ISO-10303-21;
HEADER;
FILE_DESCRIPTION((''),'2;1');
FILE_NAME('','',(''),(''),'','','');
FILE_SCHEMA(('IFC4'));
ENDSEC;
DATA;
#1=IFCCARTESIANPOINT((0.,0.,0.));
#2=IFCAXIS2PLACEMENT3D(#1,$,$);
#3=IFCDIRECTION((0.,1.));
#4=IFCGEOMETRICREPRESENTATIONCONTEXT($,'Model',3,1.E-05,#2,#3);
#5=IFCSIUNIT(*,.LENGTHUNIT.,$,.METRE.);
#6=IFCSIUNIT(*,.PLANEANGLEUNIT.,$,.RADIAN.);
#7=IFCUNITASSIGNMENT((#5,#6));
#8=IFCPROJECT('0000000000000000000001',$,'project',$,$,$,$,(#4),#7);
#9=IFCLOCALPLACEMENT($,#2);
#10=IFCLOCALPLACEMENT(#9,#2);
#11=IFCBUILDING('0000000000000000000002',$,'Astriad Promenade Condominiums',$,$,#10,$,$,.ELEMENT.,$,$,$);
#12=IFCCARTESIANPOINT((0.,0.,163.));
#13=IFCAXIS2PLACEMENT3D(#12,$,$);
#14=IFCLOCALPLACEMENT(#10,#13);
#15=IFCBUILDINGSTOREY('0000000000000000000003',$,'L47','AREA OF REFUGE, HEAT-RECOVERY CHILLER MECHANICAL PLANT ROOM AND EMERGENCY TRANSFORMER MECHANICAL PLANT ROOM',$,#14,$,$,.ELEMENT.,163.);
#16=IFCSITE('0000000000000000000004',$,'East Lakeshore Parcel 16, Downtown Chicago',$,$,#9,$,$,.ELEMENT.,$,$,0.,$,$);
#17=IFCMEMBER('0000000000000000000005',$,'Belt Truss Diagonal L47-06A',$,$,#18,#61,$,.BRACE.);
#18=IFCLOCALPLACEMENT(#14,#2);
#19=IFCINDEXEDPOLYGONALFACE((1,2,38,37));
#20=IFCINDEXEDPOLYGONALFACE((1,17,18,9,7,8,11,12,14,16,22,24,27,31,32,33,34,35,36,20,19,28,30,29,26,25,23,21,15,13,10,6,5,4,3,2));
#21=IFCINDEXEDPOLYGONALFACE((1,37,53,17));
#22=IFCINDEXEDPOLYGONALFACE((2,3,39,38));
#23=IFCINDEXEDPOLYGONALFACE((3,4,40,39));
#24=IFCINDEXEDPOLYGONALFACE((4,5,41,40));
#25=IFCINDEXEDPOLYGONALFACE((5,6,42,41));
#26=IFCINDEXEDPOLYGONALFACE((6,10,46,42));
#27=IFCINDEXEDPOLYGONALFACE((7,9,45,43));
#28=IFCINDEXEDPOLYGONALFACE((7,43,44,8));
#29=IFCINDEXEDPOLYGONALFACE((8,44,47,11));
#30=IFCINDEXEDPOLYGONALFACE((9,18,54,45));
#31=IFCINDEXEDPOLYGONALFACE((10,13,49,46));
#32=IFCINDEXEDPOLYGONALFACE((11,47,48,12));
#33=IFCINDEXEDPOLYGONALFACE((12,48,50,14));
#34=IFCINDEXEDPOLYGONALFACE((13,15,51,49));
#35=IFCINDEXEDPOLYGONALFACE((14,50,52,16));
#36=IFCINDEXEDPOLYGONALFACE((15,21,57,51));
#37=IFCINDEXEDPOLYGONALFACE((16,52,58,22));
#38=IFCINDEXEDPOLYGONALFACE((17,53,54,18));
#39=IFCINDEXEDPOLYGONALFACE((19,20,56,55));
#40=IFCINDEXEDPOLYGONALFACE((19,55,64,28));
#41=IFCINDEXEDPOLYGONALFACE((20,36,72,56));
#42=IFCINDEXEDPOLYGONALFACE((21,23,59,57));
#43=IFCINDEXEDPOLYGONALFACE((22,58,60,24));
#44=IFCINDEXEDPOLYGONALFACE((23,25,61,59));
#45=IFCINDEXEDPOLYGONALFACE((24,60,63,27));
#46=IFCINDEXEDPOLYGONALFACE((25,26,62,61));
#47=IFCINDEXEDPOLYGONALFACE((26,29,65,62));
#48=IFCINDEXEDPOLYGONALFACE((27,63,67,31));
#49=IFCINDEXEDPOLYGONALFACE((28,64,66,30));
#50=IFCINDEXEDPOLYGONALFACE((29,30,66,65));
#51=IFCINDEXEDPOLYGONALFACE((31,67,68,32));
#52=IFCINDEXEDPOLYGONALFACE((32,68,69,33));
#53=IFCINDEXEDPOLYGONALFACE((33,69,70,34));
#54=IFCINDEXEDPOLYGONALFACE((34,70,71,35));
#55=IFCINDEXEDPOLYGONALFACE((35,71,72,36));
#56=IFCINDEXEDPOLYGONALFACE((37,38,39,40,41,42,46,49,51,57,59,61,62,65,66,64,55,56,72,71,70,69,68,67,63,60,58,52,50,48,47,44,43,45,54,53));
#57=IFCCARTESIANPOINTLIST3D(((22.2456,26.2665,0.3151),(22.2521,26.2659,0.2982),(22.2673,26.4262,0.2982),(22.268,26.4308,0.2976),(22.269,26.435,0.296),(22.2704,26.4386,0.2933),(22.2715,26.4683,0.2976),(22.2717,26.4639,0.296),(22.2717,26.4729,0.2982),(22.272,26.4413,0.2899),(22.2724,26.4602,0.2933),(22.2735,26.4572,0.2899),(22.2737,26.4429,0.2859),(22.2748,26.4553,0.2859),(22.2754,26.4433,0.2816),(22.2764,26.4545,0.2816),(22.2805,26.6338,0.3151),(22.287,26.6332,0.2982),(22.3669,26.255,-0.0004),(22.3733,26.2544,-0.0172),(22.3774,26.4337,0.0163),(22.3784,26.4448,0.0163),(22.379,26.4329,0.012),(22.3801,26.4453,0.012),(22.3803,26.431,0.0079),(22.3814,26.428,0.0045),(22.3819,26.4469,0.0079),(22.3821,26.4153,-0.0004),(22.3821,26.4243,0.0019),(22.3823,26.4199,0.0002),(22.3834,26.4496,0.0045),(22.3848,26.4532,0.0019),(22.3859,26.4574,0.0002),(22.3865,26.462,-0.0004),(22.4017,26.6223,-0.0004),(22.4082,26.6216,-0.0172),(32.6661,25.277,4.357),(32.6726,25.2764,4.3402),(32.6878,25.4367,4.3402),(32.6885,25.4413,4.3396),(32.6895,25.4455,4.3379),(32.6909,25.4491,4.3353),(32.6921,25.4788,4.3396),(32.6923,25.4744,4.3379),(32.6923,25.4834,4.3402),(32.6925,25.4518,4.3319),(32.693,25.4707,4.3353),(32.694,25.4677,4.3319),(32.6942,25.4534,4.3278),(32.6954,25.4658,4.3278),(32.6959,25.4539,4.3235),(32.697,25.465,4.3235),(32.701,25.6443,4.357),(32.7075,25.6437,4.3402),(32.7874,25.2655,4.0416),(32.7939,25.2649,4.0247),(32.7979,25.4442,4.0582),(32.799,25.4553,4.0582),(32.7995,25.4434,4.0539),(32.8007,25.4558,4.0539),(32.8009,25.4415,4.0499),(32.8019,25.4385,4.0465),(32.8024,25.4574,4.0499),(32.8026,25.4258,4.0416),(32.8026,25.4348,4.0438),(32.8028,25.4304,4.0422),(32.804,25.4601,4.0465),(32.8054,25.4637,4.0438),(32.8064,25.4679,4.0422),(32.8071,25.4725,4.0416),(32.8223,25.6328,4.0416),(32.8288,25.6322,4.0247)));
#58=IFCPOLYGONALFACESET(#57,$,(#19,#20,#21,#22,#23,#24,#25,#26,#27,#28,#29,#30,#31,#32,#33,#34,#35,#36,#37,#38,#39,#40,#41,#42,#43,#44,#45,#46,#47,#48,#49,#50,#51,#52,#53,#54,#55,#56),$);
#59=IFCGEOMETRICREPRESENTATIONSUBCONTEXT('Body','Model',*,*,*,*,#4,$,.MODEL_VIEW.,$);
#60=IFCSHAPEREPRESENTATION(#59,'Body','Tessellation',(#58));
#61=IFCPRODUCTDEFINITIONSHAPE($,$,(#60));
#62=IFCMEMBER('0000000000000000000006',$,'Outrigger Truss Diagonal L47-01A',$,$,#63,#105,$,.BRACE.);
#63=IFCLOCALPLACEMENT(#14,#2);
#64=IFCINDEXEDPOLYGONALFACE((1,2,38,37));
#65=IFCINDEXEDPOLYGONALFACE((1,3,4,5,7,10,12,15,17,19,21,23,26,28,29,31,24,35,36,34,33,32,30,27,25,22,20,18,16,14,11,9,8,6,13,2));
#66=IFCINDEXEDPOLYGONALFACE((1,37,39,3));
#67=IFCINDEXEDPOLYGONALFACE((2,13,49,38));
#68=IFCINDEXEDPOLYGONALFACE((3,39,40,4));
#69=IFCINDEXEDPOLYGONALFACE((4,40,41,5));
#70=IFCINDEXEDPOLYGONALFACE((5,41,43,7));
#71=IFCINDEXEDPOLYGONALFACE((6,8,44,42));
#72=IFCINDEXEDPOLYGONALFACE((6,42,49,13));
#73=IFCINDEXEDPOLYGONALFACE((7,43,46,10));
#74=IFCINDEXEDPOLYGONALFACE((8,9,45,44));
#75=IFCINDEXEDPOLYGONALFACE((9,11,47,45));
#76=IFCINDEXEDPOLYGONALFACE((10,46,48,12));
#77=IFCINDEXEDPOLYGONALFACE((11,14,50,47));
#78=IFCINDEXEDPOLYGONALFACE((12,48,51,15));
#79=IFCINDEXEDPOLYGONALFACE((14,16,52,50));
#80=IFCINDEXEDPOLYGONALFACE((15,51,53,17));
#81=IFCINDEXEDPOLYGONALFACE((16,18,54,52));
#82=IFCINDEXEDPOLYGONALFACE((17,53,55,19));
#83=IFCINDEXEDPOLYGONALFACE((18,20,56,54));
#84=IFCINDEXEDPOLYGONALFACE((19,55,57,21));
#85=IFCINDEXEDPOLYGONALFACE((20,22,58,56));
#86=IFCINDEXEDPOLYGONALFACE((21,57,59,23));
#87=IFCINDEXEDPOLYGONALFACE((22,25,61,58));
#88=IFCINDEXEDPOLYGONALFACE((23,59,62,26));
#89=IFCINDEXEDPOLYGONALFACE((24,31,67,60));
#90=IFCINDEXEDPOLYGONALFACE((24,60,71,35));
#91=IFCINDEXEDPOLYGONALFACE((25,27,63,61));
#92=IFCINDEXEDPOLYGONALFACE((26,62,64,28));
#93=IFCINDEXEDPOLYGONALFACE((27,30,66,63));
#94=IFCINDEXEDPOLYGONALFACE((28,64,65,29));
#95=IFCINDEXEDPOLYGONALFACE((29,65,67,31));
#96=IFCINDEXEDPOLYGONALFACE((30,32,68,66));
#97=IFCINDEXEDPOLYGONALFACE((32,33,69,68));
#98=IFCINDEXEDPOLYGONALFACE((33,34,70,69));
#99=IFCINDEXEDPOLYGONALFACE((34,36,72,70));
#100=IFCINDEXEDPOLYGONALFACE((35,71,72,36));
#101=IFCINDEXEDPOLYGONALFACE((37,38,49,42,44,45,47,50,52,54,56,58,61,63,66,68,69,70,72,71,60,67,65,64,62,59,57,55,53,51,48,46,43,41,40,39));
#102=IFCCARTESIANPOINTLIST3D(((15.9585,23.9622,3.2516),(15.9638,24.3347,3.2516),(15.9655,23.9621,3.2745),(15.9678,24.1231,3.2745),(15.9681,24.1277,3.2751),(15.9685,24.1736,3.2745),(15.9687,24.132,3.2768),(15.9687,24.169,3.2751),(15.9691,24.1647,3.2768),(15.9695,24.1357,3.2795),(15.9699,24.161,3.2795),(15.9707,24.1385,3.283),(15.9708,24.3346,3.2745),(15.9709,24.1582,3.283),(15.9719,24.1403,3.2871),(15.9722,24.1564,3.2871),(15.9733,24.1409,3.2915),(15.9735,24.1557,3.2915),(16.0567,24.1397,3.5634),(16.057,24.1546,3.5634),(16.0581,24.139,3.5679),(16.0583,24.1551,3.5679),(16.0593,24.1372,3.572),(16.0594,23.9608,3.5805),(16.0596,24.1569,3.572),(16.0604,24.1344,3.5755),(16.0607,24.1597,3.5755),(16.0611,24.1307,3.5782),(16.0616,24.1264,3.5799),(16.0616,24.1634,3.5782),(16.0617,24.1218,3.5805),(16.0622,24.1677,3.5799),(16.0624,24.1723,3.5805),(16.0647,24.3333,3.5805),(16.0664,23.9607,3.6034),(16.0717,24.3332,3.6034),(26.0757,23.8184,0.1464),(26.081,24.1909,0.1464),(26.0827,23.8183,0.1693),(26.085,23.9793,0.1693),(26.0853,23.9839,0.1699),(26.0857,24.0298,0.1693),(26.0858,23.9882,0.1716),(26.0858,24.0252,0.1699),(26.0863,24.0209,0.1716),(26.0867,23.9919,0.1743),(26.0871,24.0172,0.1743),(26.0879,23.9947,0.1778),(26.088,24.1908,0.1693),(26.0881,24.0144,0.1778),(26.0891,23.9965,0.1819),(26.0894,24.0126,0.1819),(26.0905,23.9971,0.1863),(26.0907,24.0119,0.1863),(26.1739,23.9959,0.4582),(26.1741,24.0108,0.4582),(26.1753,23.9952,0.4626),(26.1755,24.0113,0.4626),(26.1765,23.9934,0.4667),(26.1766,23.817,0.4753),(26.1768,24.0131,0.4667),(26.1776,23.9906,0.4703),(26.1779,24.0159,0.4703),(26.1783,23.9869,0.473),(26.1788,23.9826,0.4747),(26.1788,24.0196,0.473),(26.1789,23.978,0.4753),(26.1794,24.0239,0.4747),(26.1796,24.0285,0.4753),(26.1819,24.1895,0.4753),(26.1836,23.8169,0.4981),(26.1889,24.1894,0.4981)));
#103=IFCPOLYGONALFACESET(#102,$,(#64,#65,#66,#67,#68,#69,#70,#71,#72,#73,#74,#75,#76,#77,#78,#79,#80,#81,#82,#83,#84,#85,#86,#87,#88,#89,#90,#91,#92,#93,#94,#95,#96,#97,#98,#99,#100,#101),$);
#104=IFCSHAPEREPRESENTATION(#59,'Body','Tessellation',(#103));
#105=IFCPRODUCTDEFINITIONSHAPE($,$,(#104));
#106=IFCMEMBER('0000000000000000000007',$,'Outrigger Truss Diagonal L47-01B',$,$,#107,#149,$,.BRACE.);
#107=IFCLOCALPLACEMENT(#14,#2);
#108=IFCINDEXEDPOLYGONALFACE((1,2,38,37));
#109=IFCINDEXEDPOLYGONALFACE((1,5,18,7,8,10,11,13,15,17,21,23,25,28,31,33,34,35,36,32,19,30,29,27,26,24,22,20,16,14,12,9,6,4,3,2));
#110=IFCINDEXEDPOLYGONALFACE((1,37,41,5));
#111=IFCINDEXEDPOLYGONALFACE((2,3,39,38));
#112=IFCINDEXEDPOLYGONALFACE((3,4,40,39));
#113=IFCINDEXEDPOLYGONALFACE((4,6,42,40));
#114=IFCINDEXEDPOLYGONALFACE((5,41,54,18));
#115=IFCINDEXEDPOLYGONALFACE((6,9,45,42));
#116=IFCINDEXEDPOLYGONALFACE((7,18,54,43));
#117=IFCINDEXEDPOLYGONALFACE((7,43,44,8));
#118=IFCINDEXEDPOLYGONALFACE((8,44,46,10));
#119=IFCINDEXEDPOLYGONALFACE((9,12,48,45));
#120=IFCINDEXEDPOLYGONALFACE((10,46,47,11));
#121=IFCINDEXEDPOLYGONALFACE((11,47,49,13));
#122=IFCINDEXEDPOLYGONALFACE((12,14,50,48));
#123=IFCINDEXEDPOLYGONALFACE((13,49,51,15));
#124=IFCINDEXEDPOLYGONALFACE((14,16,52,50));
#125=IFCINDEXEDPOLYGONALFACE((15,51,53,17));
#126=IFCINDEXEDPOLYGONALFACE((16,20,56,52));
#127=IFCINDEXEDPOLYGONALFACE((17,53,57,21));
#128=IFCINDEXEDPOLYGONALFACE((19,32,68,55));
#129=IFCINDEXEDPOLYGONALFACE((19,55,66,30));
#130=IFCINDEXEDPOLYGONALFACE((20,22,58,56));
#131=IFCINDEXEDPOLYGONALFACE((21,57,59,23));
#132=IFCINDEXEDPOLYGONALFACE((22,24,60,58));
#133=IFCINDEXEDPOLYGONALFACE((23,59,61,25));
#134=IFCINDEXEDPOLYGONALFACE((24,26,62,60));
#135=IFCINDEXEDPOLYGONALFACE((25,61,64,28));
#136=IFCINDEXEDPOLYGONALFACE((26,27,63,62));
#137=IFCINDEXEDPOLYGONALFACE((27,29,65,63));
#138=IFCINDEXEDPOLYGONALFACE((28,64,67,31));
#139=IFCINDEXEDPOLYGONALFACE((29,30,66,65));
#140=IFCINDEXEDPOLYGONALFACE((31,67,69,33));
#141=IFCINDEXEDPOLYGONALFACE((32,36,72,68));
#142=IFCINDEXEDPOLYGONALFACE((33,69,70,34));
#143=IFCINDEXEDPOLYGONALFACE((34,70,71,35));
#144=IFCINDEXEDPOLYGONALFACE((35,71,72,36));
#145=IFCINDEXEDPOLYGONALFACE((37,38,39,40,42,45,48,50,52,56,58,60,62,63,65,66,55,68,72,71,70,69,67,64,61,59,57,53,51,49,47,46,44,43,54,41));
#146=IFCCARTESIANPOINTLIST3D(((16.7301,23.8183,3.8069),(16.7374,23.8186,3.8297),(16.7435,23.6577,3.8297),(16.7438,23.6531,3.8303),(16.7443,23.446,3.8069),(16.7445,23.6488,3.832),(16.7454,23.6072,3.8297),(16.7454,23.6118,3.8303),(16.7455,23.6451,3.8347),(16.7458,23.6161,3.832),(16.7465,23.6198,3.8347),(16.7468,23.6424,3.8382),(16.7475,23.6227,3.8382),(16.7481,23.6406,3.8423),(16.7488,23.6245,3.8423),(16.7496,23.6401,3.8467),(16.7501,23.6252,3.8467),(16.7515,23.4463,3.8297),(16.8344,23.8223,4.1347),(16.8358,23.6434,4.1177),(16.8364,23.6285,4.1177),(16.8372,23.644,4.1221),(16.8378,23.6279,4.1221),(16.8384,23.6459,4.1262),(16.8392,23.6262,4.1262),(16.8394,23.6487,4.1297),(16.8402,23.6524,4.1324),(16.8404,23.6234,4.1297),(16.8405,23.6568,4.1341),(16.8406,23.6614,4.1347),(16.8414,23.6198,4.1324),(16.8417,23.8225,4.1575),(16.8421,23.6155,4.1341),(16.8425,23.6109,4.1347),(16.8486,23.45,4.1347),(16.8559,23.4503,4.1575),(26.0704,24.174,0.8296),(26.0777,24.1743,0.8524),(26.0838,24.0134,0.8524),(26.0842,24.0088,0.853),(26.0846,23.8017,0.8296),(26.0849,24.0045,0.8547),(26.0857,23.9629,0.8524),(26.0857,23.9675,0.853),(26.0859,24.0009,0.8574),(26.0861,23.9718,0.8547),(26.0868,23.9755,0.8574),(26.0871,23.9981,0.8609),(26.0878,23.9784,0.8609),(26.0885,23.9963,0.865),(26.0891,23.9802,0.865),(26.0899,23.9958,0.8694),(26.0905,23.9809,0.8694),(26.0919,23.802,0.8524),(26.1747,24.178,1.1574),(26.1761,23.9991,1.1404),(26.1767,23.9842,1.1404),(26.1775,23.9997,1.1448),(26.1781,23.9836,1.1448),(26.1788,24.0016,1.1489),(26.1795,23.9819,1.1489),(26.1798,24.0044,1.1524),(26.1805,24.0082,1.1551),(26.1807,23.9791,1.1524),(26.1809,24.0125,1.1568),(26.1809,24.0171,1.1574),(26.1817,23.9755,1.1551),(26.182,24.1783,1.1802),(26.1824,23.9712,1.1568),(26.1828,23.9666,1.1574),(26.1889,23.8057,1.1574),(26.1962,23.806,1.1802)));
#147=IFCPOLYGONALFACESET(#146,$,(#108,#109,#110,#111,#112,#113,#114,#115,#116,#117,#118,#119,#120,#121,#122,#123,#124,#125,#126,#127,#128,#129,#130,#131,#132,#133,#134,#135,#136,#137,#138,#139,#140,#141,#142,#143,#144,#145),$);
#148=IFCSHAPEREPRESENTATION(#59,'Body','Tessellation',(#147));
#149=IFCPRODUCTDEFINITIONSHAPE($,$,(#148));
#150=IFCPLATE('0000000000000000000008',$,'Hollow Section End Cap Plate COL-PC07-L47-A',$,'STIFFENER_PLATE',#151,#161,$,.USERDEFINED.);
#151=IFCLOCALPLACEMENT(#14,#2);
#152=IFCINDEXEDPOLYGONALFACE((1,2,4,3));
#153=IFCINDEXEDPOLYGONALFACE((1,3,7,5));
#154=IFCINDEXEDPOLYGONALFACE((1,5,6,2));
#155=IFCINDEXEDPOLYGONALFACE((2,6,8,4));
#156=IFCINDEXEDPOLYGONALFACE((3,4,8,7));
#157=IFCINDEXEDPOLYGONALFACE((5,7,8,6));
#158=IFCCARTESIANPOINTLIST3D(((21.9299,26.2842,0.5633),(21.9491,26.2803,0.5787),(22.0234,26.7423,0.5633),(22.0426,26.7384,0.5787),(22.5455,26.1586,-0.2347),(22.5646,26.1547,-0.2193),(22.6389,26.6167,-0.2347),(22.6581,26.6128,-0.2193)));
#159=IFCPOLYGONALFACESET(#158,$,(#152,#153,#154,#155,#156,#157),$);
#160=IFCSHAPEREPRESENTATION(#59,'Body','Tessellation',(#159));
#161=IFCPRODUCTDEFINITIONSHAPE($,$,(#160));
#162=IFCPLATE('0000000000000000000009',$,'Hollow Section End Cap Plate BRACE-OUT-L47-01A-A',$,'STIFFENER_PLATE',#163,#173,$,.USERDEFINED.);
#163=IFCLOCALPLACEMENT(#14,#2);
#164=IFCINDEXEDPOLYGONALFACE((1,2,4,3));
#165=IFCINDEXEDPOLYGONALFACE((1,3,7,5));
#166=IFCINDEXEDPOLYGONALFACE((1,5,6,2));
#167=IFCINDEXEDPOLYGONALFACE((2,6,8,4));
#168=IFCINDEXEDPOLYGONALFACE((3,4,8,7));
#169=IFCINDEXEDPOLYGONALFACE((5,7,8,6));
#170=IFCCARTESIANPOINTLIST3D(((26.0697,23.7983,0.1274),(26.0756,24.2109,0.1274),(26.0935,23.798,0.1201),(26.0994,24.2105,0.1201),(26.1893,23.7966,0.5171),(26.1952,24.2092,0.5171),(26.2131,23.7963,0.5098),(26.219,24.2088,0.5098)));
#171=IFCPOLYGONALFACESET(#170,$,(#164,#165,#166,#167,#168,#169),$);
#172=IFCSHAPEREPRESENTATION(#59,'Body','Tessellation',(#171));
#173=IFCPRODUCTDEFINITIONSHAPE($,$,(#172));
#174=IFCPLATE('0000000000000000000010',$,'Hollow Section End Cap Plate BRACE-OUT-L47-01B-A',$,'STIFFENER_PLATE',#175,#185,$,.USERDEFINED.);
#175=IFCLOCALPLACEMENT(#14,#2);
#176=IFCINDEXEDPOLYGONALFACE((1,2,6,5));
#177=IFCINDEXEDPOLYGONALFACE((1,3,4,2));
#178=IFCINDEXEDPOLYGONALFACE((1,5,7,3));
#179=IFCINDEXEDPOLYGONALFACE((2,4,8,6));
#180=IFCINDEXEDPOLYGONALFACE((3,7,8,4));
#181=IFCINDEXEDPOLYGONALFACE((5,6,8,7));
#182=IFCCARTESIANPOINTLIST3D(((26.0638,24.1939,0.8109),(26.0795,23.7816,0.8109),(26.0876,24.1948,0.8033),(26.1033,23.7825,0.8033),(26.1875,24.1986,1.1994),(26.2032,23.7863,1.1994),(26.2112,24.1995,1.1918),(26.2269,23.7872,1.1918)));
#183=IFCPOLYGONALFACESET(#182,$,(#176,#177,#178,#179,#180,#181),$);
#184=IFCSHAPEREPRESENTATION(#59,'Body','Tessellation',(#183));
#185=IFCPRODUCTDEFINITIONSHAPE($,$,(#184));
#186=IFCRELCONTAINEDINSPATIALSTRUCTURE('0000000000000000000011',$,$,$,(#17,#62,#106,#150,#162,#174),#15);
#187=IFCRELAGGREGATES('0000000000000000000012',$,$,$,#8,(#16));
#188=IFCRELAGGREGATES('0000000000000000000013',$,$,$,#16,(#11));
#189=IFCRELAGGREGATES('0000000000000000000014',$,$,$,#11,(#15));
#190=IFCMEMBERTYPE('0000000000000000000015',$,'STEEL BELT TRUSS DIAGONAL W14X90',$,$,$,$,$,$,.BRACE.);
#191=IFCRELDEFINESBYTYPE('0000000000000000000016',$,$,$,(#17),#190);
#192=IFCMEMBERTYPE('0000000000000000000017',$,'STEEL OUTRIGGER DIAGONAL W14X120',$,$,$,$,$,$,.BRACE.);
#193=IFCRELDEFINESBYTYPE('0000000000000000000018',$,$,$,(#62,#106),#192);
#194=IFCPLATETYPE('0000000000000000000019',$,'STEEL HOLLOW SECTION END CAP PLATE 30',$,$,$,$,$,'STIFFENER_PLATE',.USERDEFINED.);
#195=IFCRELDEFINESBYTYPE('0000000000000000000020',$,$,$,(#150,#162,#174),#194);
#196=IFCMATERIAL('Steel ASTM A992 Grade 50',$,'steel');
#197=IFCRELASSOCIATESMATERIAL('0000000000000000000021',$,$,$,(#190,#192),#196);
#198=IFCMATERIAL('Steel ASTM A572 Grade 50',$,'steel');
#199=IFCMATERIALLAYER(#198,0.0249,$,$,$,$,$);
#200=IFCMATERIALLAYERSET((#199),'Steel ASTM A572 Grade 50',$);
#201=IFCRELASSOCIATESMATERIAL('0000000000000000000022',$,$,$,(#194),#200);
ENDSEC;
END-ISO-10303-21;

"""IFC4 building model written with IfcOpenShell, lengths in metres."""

from ifc_helpers import new_model, si_unit, direction, frame, origin, origin_2d, place, context, subcontext, project, spatial, rectangle, i_section, extrude, source, transform, mapped, material, layer, layer_set, material_profile, profile_set, type_object, type_shapes, element, save


model = new_model("IFC4")

# Units and contexts
model_context = context("Model", 3, precision=1e-05, world=origin(), true_north=direction((0.0, 1.0)))
body_context = subcontext(model_context, "Body", "Model", "MODEL_VIEW")
ifc_project = project(units=[si_unit("LENGTHUNIT", "METRE"), si_unit("PLANEANGLEUNIT", "RADIAN")], contexts=[model_context])

# Site, building, storey
site_placement = place(None, origin())
site = spatial("IfcSite", under=ifc_project, at=site_placement, Name="East Lakeshore Parcel 16, Downtown Chicago", CompositionType="ELEMENT", RefElevation=0.0)
building_placement = place(site_placement, origin())
building = spatial("IfcBuilding", under=site, at=building_placement, Name="Astriad Promenade Condominiums", CompositionType="ELEMENT")
storey_placement = place(building_placement, frame((0.0, 0.0, 163.0)))
storey = spatial("IfcBuildingStorey", under=building, at=storey_placement, Name="L47", Description="AREA OF REFUGE, HEAT-RECOVERY CHILLER MECHANICAL PLANT ROOM AND EMERGENCY TRANSFORMER MECHANICAL PLANT ROOM", CompositionType="ELEMENT", Elevation=163.0)

# Shared definitions
ifc_material_1 = material(Name="Steel ASTM A992 Grade 50", Category="steel")

# Members
ifc_material_profile_1 = material_profile(ifc_material_1, i_section(OverallWidth=0.3689, OverallDepth=0.3562, WebThickness=0.0112, FlangeThickness=0.0181, FilletRadius=0.0178, at=origin_2d()), Name="W14X90")
ifc_profile_set_1 = profile_set([ifc_material_profile_1], Name="Steel ASTM A992 Grade 50")
member_type_1 = type_object("IfcMemberType", Name="STEEL BELT TRUSS DIAGONAL W14X90", PredefinedType="BRACE", material=ifc_profile_set_1)
shared_shape_1 = source(origin(), body_context, "Body", "SweptSolid", [
    extrude(i_section(OverallWidth=0.3689, OverallDepth=0.3562, WebThickness=0.0112, FlangeThickness=0.0181, FilletRadius=0.0178, at=origin_2d()), origin(), (0.0, 0.0, 1.0), 11.2207),
])
member_1_placement = place(storey_placement, frame((22.3269, 26.4441, 0.1489), z_axis=(0.928689, -0.088184, 0.360222), x_axis=(0.094531, 0.995522, 0.0)))
element("IfcMember", 1, at=member_1_placement, inside=storey, type_object=member_type_1, Name="Belt Truss Diagonal L47-06A", PredefinedType="BRACE", context=body_context, shape_type="MappedRepresentation", body=[
    mapped(shared_shape_1, transform((0.0, 0.0, 0.0), scale=1.0)),
])
ifc_material_profile_2 = material_profile(ifc_material_1, i_section(OverallWidth=0.3726, OverallDepth=0.3679, WebThickness=0.0149, FlangeThickness=0.0239, FilletRadius=0.0178, at=origin_2d()), Name="W14X120")
ifc_profile_set_2 = profile_set([ifc_material_profile_2], Name="Steel ASTM A992 Grade 50")
member_type_2 = type_object("IfcMemberType", Name="STEEL OUTRIGGER DIAGONAL W14X120", PredefinedType="BRACE", material=ifc_profile_set_2)
shared_shape_2 = source(origin(), body_context, "Body", "SweptSolid", [
    extrude(i_section(OverallWidth=0.3726, OverallDepth=0.3679, WebThickness=0.0149, FlangeThickness=0.0239, FilletRadius=0.0178, at=origin_2d()), origin(), (0.0, 0.0, 1.0), 10.584),
])
member_2_placement = place(storey_placement, frame((26.1323, 24.0039, 0.3223), z_axis=(-0.955897, 0.013586, 0.293389), x_axis=(-0.014212, -0.999899, 0.0)))
element("IfcMember", 2, at=member_2_placement, inside=storey, type_object=member_type_2, Name="Outrigger Truss Diagonal L47-01A", PredefinedType="BRACE", context=body_context, shape_type="MappedRepresentation", body=[
    mapped(shared_shape_2, transform((0.0, 0.0, 0.0), scale=1.0)),
])
shared_shape_3 = source(origin(), body_context, "Body", "SweptSolid", [
    extrude(i_section(OverallWidth=0.3726, OverallDepth=0.3679, WebThickness=0.0149, FlangeThickness=0.0239, FilletRadius=0.0178, at=origin_2d()), origin(), (0.0, 0.0, 1.0), 9.8098),
])
type_shapes(member_type_2, [shared_shape_2, shared_shape_3])
member_3_placement = place(storey_placement, frame((26.1333, 23.99, 1.0049), z_axis=(-0.952141, -0.036261, 0.303501), x_axis=(0.038056, -0.999276, 0.0)))
element("IfcMember", 3, at=member_3_placement, inside=storey, type_object=member_type_2, Name="Outrigger Truss Diagonal L47-01B", PredefinedType="BRACE", context=body_context, shape_type="MappedRepresentation", body=[
    mapped(shared_shape_3, transform((0.0, 0.0, 0.0), scale=1.0)),
])

# Plates
ifc_material_2 = material(Name="Steel ASTM A572 Grade 50", Category="steel")
ifc_layer_1 = layer(ifc_material_2, 0.0249)
ifc_layer_set_1 = layer_set([ifc_layer_1], Name="Steel ASTM A572 Grade 50")
plate_type_1 = type_object("IfcPlateType", Name="STEEL HOLLOW SECTION END CAP PLATE 30", ElementType="STIFFENER_PLATE", PredefinedType="USERDEFINED", material=ifc_layer_set_1)
shared_shape_4 = source(origin(), body_context, "Body", "SweptSolid", [
    extrude(rectangle(XDim=0.4675, YDim=1.0156, at=origin_2d()), origin(), (0.0, 0.0, 1.0), 0.0249),
])
plate_1_placement = place(storey_placement, frame((22.2844, 26.4504, 0.1643), z_axis=(0.769908, -0.15704, 0.61853), x_axis=(0.199858, 0.979825, 0.0)))
element("IfcPlate", 4, at=plate_1_placement, inside=storey, type_object=plate_type_1, Name="Hollow Section End Cap Plate COL-PC07-L47-A", ObjectType="STIFFENER_PLATE", PredefinedType="USERDEFINED", context=body_context, shape_type="MappedRepresentation", body=[
    mapped(shared_shape_4, transform((0.0, 0.0, 0.0), scale=1.0)),
])
shared_shape_5 = source(origin(), body_context, "Body", "SweptSolid", [
    extrude(rectangle(XDim=0.4126, YDim=0.4077, at=origin_2d()), origin(), (0.0, 0.0, 1.0), 0.0249),
])
for number, where, z_axis, x_axis, name in (
    (5, (26.1562, 24.0034, 0.3149), (-0.955896, 0.013606, 0.293389), (-0.014232, -0.999899, 0.0), "Hollow Section End Cap Plate BRACE-OUT-L47-01A-A"),
    (6, (26.1572, 23.991, 0.9976), (-0.952145, -0.036259, 0.303488), (0.038054, -0.999276, 0.0), "Hollow Section End Cap Plate BRACE-OUT-L47-01B-A"),
):
    element("IfcPlate", number, at=place(storey_placement, frame(where, z_axis=z_axis, x_axis=x_axis)), inside=storey, type_object=plate_type_1, Name=name, ObjectType="STIFFENER_PLATE", PredefinedType="USERDEFINED", context=body_context, shape_type="MappedRepresentation", body=[
        mapped(shared_shape_5, transform((0.0, 0.0, 0.0), scale=1.0)),
    ])

save(model, "model.ifc")
